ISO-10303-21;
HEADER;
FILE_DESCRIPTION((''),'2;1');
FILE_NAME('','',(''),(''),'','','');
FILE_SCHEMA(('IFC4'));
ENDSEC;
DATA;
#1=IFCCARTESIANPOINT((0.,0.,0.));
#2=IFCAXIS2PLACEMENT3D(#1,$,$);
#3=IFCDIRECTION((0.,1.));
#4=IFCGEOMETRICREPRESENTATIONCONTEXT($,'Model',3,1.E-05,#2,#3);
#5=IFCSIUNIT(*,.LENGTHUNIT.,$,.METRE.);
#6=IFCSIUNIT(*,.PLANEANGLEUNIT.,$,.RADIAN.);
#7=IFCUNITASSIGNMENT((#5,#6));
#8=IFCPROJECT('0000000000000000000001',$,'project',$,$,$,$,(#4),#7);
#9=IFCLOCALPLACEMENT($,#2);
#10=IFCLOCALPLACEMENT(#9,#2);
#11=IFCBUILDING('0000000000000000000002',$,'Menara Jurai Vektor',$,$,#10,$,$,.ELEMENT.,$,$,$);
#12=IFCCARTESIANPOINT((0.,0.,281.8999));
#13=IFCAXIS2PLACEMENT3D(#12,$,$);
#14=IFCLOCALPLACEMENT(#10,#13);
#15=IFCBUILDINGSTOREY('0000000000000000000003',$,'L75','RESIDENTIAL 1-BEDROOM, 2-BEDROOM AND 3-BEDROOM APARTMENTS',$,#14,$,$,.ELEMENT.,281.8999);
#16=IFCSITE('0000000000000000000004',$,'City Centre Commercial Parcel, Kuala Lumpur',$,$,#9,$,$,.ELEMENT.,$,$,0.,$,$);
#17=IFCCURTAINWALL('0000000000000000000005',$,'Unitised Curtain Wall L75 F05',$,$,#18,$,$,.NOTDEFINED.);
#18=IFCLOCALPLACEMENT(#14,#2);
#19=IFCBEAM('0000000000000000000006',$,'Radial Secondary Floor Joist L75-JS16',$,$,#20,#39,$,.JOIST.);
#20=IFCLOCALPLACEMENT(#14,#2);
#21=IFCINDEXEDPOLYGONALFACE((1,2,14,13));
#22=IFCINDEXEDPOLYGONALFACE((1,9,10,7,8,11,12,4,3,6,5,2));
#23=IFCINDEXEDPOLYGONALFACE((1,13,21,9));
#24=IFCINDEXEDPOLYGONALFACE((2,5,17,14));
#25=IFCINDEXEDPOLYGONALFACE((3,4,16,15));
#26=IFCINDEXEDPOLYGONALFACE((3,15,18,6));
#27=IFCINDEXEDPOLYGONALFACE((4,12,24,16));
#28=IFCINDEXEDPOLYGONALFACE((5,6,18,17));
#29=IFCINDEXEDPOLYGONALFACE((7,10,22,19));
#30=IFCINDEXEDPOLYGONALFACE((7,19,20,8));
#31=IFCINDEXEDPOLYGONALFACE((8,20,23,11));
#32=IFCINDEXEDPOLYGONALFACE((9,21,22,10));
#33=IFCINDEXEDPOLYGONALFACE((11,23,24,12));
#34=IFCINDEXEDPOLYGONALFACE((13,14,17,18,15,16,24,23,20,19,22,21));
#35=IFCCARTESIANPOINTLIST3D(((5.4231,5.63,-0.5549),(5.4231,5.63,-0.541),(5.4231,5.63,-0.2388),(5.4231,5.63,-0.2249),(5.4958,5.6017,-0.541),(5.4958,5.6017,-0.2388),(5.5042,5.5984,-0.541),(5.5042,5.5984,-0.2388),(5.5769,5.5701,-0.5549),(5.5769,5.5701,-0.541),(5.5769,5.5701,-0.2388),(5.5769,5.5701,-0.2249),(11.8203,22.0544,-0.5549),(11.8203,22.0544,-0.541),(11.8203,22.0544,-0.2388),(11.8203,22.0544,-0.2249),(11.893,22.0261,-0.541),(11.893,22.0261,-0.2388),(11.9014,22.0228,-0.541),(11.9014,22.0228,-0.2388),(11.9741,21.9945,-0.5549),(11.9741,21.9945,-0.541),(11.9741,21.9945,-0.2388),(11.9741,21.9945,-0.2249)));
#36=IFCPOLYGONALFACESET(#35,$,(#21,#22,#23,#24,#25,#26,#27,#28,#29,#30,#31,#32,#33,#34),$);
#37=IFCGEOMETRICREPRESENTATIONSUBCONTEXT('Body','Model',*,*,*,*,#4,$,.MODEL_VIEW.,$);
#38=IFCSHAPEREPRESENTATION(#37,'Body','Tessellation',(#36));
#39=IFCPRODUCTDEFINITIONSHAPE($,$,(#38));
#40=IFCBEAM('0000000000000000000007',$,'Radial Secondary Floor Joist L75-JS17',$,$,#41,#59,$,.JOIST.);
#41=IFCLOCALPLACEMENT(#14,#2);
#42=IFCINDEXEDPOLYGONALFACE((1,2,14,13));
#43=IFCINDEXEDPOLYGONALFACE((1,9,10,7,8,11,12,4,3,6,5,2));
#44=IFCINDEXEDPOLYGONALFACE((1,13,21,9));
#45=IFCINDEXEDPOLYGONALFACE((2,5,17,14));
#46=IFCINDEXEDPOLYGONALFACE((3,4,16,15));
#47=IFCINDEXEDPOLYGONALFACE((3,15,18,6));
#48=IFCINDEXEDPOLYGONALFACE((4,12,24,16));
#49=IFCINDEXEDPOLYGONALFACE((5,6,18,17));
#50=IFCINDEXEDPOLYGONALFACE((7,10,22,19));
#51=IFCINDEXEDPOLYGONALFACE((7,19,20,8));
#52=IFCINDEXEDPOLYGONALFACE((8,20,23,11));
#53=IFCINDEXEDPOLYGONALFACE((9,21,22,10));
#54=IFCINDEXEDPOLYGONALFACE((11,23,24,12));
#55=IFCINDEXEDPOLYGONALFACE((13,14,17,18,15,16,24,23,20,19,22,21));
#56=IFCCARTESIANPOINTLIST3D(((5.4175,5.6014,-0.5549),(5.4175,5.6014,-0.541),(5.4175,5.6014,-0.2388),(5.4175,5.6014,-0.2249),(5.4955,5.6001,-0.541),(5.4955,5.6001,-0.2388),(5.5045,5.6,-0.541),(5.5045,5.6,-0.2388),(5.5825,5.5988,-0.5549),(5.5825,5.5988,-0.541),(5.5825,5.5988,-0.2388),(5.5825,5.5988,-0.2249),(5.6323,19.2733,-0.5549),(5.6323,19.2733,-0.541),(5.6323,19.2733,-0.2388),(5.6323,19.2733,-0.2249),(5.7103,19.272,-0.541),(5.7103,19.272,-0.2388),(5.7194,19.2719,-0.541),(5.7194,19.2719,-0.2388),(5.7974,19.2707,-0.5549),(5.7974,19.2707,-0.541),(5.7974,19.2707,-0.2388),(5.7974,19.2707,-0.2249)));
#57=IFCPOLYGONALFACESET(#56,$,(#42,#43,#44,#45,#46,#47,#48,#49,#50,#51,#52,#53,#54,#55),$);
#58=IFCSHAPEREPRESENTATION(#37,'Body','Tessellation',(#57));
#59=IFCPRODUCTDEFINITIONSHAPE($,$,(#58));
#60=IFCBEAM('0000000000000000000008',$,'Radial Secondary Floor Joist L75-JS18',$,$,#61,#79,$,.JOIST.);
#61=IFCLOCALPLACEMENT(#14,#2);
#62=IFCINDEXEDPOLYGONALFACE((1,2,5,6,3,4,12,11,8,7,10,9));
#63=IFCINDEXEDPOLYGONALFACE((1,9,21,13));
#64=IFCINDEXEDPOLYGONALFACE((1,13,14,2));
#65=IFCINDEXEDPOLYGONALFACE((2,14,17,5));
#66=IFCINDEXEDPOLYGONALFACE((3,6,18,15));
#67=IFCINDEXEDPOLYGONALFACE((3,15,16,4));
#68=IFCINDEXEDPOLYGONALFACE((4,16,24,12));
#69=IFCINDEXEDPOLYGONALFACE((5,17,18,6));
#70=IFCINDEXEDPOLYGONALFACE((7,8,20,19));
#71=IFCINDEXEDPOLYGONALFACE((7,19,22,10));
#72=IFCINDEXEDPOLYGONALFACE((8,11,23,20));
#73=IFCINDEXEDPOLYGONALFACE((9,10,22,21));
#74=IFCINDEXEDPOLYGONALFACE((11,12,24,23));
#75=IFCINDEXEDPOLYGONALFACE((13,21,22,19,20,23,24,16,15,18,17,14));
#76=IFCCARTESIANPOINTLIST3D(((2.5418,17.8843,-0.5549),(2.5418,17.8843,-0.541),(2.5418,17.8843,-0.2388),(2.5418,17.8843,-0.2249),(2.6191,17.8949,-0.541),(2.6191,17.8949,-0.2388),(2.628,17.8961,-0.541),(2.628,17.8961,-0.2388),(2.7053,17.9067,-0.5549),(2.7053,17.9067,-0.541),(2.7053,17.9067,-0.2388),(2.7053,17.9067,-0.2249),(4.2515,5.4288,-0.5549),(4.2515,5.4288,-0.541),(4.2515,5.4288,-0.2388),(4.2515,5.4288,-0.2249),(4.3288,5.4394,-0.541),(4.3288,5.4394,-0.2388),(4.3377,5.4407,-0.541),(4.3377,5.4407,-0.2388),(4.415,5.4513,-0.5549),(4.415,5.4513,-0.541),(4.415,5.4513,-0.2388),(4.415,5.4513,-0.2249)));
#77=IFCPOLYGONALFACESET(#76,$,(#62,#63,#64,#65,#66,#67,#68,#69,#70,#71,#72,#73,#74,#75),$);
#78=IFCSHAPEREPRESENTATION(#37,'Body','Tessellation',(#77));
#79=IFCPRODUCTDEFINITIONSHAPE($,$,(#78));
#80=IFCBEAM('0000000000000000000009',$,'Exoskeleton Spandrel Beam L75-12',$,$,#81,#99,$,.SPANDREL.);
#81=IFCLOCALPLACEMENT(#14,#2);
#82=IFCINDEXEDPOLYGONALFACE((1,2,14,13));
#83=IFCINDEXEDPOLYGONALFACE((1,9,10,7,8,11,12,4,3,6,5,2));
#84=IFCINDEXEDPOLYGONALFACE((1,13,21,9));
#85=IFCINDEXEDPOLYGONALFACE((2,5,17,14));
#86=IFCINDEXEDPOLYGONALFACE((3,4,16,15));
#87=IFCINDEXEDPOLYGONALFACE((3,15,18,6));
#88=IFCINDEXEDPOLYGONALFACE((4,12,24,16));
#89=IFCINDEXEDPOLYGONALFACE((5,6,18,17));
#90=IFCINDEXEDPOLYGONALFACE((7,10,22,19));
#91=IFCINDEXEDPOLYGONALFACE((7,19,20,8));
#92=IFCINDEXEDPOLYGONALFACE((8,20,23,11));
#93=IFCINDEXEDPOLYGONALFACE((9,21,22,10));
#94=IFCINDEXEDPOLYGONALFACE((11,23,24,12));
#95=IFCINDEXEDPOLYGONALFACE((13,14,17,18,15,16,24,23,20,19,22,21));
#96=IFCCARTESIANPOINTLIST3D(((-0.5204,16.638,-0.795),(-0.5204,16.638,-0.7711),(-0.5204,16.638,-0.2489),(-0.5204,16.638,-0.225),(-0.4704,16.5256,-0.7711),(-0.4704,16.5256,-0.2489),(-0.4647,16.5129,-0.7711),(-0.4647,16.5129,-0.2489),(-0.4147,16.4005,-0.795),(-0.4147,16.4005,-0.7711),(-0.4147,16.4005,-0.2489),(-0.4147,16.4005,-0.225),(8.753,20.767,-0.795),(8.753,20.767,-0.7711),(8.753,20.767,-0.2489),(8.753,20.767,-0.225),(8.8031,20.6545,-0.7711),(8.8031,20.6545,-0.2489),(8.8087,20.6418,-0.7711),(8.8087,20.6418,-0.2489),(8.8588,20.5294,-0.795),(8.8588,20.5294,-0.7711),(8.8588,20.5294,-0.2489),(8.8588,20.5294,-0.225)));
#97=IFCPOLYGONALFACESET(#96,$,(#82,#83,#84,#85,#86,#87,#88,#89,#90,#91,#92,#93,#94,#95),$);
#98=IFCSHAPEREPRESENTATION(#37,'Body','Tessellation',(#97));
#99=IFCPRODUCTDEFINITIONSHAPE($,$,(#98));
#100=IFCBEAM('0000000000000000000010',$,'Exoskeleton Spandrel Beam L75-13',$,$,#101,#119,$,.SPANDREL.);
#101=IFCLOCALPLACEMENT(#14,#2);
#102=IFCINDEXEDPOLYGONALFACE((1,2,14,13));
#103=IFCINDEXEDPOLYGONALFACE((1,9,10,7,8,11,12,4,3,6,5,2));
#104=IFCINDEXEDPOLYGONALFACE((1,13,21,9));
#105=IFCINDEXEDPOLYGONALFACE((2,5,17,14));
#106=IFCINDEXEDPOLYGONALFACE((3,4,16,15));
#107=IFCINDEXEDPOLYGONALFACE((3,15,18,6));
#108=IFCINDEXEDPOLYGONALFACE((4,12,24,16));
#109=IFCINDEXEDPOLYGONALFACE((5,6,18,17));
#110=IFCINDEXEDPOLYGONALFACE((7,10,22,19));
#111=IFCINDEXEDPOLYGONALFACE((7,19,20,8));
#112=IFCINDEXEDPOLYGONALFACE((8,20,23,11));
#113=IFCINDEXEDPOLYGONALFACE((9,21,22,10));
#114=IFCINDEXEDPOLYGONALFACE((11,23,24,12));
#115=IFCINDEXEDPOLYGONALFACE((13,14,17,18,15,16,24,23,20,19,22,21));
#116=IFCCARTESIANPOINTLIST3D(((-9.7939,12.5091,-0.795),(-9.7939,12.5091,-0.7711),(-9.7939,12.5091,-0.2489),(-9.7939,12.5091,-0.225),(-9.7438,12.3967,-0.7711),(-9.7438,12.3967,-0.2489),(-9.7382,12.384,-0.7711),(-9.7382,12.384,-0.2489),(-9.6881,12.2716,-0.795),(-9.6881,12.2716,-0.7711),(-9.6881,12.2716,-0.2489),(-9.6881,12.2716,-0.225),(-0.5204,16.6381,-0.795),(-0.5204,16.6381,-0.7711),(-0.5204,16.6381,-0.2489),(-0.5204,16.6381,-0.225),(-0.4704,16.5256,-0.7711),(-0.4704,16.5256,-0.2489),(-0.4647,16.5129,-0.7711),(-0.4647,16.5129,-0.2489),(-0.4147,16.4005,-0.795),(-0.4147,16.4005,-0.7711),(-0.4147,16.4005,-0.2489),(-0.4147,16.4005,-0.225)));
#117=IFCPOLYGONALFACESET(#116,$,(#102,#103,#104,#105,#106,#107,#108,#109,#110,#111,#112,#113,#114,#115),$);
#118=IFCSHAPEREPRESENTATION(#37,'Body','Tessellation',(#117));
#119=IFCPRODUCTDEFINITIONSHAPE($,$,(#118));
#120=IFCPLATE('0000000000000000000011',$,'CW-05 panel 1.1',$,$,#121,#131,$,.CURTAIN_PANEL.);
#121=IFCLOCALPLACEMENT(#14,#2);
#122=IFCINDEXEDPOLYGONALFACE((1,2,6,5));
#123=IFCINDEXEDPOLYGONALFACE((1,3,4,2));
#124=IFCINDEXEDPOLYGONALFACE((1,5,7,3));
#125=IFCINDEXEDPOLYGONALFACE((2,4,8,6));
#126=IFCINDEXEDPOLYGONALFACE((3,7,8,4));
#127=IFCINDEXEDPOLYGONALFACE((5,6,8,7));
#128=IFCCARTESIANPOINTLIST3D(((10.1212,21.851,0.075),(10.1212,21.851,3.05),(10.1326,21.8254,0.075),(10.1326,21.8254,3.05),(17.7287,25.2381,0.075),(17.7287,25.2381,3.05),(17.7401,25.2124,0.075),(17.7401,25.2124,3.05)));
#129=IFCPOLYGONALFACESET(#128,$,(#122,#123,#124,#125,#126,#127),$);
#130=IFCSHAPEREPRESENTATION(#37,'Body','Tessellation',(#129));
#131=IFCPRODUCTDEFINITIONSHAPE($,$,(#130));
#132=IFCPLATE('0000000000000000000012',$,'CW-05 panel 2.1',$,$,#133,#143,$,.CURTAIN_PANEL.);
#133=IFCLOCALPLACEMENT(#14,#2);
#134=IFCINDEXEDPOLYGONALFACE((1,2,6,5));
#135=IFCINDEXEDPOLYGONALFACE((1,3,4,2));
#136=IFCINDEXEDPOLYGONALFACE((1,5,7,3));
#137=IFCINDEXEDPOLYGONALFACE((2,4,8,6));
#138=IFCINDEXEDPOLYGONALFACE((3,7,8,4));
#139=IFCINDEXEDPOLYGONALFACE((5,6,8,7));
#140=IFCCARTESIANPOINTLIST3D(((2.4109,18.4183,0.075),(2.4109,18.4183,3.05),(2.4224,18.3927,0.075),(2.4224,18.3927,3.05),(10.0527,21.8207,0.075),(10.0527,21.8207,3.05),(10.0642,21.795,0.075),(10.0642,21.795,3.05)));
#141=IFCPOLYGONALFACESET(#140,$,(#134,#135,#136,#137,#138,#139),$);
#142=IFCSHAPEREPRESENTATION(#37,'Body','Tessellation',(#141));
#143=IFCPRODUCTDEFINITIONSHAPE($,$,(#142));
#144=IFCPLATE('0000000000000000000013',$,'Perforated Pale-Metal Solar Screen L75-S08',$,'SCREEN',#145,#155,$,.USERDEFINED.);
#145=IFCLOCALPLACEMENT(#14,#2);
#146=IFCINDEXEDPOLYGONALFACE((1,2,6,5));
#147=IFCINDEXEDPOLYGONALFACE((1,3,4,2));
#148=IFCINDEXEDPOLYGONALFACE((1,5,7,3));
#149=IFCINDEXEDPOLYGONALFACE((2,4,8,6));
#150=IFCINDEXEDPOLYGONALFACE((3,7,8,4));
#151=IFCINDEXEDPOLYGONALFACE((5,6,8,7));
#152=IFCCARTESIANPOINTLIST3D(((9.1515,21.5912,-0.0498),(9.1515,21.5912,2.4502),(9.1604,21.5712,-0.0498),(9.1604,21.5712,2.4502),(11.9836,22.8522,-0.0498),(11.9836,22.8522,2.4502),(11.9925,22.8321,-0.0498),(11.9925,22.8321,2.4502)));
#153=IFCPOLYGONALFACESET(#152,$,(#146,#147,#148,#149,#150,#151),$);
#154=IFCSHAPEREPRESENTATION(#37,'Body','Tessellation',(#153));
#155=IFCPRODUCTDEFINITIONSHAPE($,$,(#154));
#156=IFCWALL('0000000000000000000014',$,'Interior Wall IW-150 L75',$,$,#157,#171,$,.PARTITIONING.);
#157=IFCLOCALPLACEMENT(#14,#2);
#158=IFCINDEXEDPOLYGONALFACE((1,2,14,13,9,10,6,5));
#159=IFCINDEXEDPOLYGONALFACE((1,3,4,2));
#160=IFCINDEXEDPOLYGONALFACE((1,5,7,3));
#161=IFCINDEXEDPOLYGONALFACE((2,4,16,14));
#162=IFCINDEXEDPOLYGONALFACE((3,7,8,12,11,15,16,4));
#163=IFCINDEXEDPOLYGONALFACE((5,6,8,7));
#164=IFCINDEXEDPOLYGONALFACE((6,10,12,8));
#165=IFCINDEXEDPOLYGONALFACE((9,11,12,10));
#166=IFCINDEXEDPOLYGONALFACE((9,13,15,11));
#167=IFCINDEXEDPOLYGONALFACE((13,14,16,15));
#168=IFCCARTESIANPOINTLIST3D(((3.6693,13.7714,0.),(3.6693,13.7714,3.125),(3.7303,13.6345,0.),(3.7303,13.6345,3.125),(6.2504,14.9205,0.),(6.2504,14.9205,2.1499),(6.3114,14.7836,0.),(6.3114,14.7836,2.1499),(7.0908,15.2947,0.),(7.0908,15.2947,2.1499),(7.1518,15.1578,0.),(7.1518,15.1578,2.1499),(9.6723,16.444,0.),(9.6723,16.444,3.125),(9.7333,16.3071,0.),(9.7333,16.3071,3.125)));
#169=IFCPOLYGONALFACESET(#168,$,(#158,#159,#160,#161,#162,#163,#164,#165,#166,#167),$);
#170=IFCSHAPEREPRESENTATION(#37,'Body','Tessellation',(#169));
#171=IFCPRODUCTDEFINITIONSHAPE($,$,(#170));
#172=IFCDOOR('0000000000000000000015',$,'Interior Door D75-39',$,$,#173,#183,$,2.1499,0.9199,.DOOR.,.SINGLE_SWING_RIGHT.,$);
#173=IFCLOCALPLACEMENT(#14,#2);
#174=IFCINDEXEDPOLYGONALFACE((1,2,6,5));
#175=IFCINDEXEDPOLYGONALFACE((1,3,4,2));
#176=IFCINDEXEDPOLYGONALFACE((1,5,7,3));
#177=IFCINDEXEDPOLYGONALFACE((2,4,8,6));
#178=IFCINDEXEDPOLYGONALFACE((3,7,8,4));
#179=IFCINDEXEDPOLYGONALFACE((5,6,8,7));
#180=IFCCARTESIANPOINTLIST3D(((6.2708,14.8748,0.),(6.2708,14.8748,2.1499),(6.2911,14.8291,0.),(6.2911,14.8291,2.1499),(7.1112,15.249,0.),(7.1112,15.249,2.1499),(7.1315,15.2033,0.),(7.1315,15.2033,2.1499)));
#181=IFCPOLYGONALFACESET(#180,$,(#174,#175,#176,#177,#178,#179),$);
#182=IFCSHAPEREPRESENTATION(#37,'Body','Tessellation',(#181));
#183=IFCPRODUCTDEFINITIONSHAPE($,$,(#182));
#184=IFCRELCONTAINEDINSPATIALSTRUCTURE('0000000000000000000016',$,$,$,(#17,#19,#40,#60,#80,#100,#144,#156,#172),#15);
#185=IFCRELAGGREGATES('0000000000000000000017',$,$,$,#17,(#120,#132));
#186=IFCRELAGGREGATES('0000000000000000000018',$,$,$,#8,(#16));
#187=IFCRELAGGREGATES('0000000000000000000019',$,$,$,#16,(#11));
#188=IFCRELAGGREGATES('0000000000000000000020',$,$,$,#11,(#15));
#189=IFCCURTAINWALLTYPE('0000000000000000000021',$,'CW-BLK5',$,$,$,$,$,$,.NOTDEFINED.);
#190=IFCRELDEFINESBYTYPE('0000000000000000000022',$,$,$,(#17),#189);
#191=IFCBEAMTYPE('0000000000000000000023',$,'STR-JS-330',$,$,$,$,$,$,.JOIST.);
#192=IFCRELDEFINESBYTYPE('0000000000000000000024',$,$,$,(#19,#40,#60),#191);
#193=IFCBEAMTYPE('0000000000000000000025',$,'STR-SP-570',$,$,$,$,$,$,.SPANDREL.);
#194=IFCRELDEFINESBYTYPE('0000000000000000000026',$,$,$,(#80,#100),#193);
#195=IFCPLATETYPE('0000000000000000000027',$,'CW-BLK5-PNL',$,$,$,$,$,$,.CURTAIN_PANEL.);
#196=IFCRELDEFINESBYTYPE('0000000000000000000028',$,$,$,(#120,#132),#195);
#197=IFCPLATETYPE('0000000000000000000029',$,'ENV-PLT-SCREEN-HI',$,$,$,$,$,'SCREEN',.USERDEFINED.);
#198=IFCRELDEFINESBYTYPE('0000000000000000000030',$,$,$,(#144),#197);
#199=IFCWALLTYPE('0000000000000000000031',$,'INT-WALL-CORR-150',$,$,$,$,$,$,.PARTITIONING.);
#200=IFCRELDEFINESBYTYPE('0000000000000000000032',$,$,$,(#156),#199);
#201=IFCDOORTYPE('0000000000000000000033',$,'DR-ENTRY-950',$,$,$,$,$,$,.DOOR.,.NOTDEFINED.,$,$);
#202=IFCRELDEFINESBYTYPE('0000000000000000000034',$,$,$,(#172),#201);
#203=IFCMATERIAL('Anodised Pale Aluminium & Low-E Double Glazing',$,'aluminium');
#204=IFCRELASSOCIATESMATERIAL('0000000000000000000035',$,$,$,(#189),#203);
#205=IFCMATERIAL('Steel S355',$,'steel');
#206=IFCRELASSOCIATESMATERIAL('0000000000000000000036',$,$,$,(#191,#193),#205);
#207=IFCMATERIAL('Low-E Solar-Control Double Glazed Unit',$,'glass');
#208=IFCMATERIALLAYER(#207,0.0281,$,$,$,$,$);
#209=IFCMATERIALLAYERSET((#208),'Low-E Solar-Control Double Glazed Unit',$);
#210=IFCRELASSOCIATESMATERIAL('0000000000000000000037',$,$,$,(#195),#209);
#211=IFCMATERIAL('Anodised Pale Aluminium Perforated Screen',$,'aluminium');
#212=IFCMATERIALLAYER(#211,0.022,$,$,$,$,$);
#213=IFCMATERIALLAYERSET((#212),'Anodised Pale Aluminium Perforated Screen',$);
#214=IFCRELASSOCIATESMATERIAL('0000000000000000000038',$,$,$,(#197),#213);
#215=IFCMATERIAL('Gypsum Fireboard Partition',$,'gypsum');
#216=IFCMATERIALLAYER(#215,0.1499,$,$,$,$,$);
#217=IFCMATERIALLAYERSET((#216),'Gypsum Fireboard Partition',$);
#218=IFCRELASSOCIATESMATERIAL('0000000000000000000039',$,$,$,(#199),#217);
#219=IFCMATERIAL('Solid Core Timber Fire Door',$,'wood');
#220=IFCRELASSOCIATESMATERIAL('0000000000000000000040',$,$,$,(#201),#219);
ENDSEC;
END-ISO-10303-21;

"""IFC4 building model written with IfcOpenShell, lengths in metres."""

from ifc_helpers import new_model, si_unit, direction, frame, frame_2d, origin, origin_2d, place, context, subcontext, project, spatial, rectangle, i_section, extrude, material, layer, layer_set, material_profile, profile_set, type_object, element, fill, aggregate, save


model = new_model("IFC4")

# Units and contexts
model_context = context("Model", 3, precision=1e-05, world=origin(), true_north=direction((0.0, 1.0)))
body_context = subcontext(model_context, "Body", "Model", "MODEL_VIEW")
ifc_project = project(units=[si_unit("LENGTHUNIT", "METRE"), si_unit("PLANEANGLEUNIT", "RADIAN")], contexts=[model_context])

# Site, building, storey
site_placement = place(None, origin())
site = spatial("IfcSite", under=ifc_project, at=site_placement, Name="City Centre Commercial Parcel, Kuala Lumpur", CompositionType="ELEMENT", RefElevation=0.0)
building_placement = place(site_placement, origin())
building = spatial("IfcBuilding", under=site, at=building_placement, Name="Menara Jurai Vektor", CompositionType="ELEMENT")
storey_placement = place(building_placement, frame((0.0, 0.0, 281.8999)))
storey = spatial("IfcBuildingStorey", under=building, at=storey_placement, Name="L75", Description="RESIDENTIAL 1-BEDROOM, 2-BEDROOM AND 3-BEDROOM APARTMENTS", CompositionType="ELEMENT", Elevation=281.8999)

# Curtain wall
ifc_material_1 = material(Name="Anodised Pale Aluminium & Low-E Double Glazing", Category="aluminium")
curtain_wall_type = type_object("IfcCurtainWallType", Name="CW-BLK5", PredefinedType="NOTDEFINED", material=ifc_material_1)
curtain_wall_placement = place(storey_placement, origin())
curtain_wall = element("IfcCurtainWall", 1, at=curtain_wall_placement, inside=storey, type_object=curtain_wall_type, Name="Unitised Curtain Wall L75 F05", PredefinedType="NOTDEFINED")

# Beams
ifc_material_2 = material(Name="Steel S355", Category="steel")
ifc_material_profile_1 = material_profile(ifc_material_2, i_section(OverallWidth=0.165, OverallDepth=0.3301, WebThickness=0.009, FlangeThickness=0.0139, at=origin_2d()), Name="PG 330x165x46")
ifc_profile_set_1 = profile_set([ifc_material_profile_1], Name="Steel S355")
beam_type_1 = type_object("IfcBeamType", Name="STR-JS-330", PredefinedType="JOIST", material=ifc_profile_set_1)
beam_1_placement = place(storey_placement, frame((11.8972, 22.0244, -0.3899), z_axis=(-0.362938, -0.931813, 0.0), x_axis=(0.931813, -0.362938, 0.0)))
element("IfcBeam", 2, at=beam_1_placement, inside=storey, type_object=beam_type_1, Name="Radial Secondary Floor Joist L75-JS16", PredefinedType="JOIST", context=body_context, shape_type="SweptSolid", body=[
    extrude(i_section(OverallWidth=0.165, OverallDepth=0.3301, WebThickness=0.009, FlangeThickness=0.0139, at=origin_2d()), origin(), (0.0, 0.0, 1.0), 17.6262),
])
beam_2_placement = place(storey_placement, frame((5.7148, 19.272, -0.3899), z_axis=(-0.015712, -0.999877, 0.0), x_axis=(0.999877, -0.015712, 0.0)))
element("IfcBeam", 3, at=beam_2_placement, inside=storey, type_object=beam_type_1, Name="Radial Secondary Floor Joist L75-JS17", PredefinedType="JOIST", context=body_context, shape_type="SweptSolid", body=[
    extrude(i_section(OverallWidth=0.165, OverallDepth=0.3301, WebThickness=0.009, FlangeThickness=0.0139, at=origin_2d()), origin(), (0.0, 0.0, 1.0), 13.6736),
])
beam_3_placement = place(storey_placement, frame((2.6235, 17.8955, -0.3899), z_axis=(0.13599, -0.99071, 0.0), x_axis=(0.99071, 0.13599, 0.0)))
element("IfcBeam", 4, at=beam_3_placement, inside=storey, type_object=beam_type_1, Name="Radial Secondary Floor Joist L75-JS18", PredefinedType="JOIST", context=body_context, shape_type="SweptSolid", body=[
    extrude(i_section(OverallWidth=0.165, OverallDepth=0.3301, WebThickness=0.009, FlangeThickness=0.0139, at=origin_2d()), origin(), (0.0, 0.0, 1.0), 12.5723),
])
ifc_material_profile_2 = material_profile(ifc_material_2, i_section(OverallWidth=0.26, OverallDepth=0.5701, WebThickness=0.0139, FlangeThickness=0.0239, at=origin_2d()), Name="PG 570x260x145")
ifc_profile_set_2 = profile_set([ifc_material_profile_2], Name="Steel S355")
beam_type_2 = type_object("IfcBeamType", Name="STR-SP-570", PredefinedType="SPANDREL", material=ifc_profile_set_2)
for number, where, z_axis, x_axis, name in (
    (5, (8.8059, 20.6482, -0.51), (-0.913542, -0.406745, 0.0), (0.406745, -0.913542, 0.0), "Exoskeleton Spandrel Beam L75-12"),
    (6, (-0.4675, 16.5193, -0.51), (-0.913542, -0.406745, 0.0), (0.406745, -0.913542, 0.0), "Exoskeleton Spandrel Beam L75-13"),
):
    element("IfcBeam", number, at=place(storey_placement, frame(where, z_axis=z_axis, x_axis=x_axis)), inside=storey, type_object=beam_type_2, Name=name, PredefinedType="SPANDREL", context=body_context, shape_type="SweptSolid", body=[
        extrude(i_section(OverallWidth=0.26, OverallDepth=0.5701, WebThickness=0.0139, FlangeThickness=0.0239, at=origin_2d()), origin(), (0.0, 0.0, 1.0), 10.1511),
    ])

# Plates
ifc_material_3 = material(Name="Low-E Solar-Control Double Glazed Unit", Category="glass")
ifc_layer_1 = layer(ifc_material_3, 0.0281)
ifc_layer_set_1 = layer_set([ifc_layer_1], Name="Low-E Solar-Control Double Glazed Unit")
plate_type_1 = type_object("IfcPlateType", Name="CW-BLK5-PNL", PredefinedType="CURTAIN_PANEL", material=ifc_layer_set_1)
plate_1_placement = place(storey_placement, frame((13.9307, 23.5317, 0.075), z_axis=(0.0, 0.0, 1.0), x_axis=(-0.913546, -0.406735, 0.0)))
plate_1 = element("IfcPlate", 7, at=plate_1_placement, type_object=plate_type_1, Name="CW-05 panel 1.1", PredefinedType="CURTAIN_PANEL", context=body_context, shape_type="SweptSolid", body=[
    extrude(rectangle(XDim=8.3274, YDim=0.0281, at=origin_2d()), origin(), (0.0, 0.0, 1.0), 2.9751),
])
plate_2_placement = place(storey_placement, frame((6.2375, 20.1067, 0.075), z_axis=(0.0, 0.0, 1.0), x_axis=(-0.913546, -0.406735, 0.0)))
plate_2 = element("IfcPlate", 8, at=plate_2_placement, type_object=plate_type_1, Name="CW-05 panel 2.1", PredefinedType="CURTAIN_PANEL", context=body_context, shape_type="SweptSolid", body=[
    extrude(rectangle(XDim=8.365, YDim=0.0281, at=origin_2d()), origin(), (0.0, 0.0, 1.0), 2.9751),
])
aggregate(curtain_wall, [plate_1, plate_2])
ifc_material_4 = material(Name="Anodised Pale Aluminium Perforated Screen", Category="aluminium")
ifc_layer_2 = layer(ifc_material_4, 0.022)
ifc_layer_set_2 = layer_set([ifc_layer_2], Name="Anodised Pale Aluminium Perforated Screen")
plate_type_2 = type_object("IfcPlateType", Name="ENV-PLT-SCREEN-HI", ElementType="SCREEN", PredefinedType="USERDEFINED", material=ifc_layer_set_2)
plate_3_placement = place(storey_placement, frame((10.572, 22.2117, -0.0498), z_axis=(0.0, 0.0, 1.0), x_axis=(-0.913545, -0.406737, 0.0)))
element("IfcPlate", 9, at=plate_3_placement, inside=storey, type_object=plate_type_2, Name="Perforated Pale-Metal Solar Screen L75-S08", ObjectType="SCREEN", PredefinedType="USERDEFINED", context=body_context, shape_type="SweptSolid", body=[
    extrude(rectangle(XDim=3.1001, YDim=0.022, at=origin_2d()), origin(), (0.0, 0.0, 1.0), 2.5),
])

# Wall, opening, door
ifc_material_5 = material(Name="Gypsum Fireboard Partition", Category="gypsum")
ifc_layer_3 = layer(ifc_material_5, 0.1499)
ifc_layer_set_3 = layer_set([ifc_layer_3], Name="Gypsum Fireboard Partition")
wall_type = type_object("IfcWallType", Name="INT-WALL-CORR-150", PredefinedType="PARTITIONING", material=ifc_layer_set_3)
wall_1_placement = place(storey_placement, frame((3.6997, 13.7029, 0.0), z_axis=(0.0, 0.0, 1.0), x_axis=(0.913549, 0.406728, 0.0)))
wall_1 = element("IfcWall", 10, at=wall_1_placement, inside=storey, type_object=wall_type, Name="Interior Wall IW-150 L75", PredefinedType="PARTITIONING", context=body_context, shape_type="SweptSolid", body=[
    extrude(rectangle(XDim=6.571, YDim=0.1499, at=frame_2d((3.2856, 0.0))), origin(), (0.0, 0.0, 1.0), 3.125),
])
opening_1_placement = place(wall_1_placement, frame((2.8254, 0.0, 0.0)))
opening_1 = element("IfcOpeningElement", 11, at=opening_1_placement, cuts=wall_1, PredefinedType="OPENING", context=body_context, shape_type="SweptSolid", body=[
    extrude(rectangle(XDim=0.9199, YDim=2.1499, at=frame_2d((0.46, 1.075))), frame((0.0, 0.085, 0.0), z_axis=(0.0, -1.0, 0.0), x_axis=(1.0, 0.0, 0.0)), (0.0, 0.0, 1.0), 0.1699),
])
ifc_material_6 = material(Name="Solid Core Timber Fire Door", Category="wood")
door_type = type_object("IfcDoorType", Name="DR-ENTRY-950", OperationType="NOTDEFINED", PredefinedType="DOOR", material=ifc_material_6)
door_1_placement = place(opening_1_placement, origin())
door_1 = element("IfcDoor", 12, at=door_1_placement, inside=storey, type_object=door_type, Name="Interior Door D75-39", OperationType="SINGLE_SWING_RIGHT", OverallHeight=2.1499, OverallWidth=0.9199, PredefinedType="DOOR", context=body_context, shape_type="SweptSolid", body=[
    extrude(rectangle(XDim=0.9199, YDim=2.1499, at=frame_2d((0.46, 1.075))), frame((0.0, 0.0249, 0.0), z_axis=(0.0, -1.0, 0.0), x_axis=(1.0, 0.0, 0.0)), (0.0, 0.0, 1.0), 0.05),
])
fill(opening_1, door_1)

save(model, "model.ifc")
